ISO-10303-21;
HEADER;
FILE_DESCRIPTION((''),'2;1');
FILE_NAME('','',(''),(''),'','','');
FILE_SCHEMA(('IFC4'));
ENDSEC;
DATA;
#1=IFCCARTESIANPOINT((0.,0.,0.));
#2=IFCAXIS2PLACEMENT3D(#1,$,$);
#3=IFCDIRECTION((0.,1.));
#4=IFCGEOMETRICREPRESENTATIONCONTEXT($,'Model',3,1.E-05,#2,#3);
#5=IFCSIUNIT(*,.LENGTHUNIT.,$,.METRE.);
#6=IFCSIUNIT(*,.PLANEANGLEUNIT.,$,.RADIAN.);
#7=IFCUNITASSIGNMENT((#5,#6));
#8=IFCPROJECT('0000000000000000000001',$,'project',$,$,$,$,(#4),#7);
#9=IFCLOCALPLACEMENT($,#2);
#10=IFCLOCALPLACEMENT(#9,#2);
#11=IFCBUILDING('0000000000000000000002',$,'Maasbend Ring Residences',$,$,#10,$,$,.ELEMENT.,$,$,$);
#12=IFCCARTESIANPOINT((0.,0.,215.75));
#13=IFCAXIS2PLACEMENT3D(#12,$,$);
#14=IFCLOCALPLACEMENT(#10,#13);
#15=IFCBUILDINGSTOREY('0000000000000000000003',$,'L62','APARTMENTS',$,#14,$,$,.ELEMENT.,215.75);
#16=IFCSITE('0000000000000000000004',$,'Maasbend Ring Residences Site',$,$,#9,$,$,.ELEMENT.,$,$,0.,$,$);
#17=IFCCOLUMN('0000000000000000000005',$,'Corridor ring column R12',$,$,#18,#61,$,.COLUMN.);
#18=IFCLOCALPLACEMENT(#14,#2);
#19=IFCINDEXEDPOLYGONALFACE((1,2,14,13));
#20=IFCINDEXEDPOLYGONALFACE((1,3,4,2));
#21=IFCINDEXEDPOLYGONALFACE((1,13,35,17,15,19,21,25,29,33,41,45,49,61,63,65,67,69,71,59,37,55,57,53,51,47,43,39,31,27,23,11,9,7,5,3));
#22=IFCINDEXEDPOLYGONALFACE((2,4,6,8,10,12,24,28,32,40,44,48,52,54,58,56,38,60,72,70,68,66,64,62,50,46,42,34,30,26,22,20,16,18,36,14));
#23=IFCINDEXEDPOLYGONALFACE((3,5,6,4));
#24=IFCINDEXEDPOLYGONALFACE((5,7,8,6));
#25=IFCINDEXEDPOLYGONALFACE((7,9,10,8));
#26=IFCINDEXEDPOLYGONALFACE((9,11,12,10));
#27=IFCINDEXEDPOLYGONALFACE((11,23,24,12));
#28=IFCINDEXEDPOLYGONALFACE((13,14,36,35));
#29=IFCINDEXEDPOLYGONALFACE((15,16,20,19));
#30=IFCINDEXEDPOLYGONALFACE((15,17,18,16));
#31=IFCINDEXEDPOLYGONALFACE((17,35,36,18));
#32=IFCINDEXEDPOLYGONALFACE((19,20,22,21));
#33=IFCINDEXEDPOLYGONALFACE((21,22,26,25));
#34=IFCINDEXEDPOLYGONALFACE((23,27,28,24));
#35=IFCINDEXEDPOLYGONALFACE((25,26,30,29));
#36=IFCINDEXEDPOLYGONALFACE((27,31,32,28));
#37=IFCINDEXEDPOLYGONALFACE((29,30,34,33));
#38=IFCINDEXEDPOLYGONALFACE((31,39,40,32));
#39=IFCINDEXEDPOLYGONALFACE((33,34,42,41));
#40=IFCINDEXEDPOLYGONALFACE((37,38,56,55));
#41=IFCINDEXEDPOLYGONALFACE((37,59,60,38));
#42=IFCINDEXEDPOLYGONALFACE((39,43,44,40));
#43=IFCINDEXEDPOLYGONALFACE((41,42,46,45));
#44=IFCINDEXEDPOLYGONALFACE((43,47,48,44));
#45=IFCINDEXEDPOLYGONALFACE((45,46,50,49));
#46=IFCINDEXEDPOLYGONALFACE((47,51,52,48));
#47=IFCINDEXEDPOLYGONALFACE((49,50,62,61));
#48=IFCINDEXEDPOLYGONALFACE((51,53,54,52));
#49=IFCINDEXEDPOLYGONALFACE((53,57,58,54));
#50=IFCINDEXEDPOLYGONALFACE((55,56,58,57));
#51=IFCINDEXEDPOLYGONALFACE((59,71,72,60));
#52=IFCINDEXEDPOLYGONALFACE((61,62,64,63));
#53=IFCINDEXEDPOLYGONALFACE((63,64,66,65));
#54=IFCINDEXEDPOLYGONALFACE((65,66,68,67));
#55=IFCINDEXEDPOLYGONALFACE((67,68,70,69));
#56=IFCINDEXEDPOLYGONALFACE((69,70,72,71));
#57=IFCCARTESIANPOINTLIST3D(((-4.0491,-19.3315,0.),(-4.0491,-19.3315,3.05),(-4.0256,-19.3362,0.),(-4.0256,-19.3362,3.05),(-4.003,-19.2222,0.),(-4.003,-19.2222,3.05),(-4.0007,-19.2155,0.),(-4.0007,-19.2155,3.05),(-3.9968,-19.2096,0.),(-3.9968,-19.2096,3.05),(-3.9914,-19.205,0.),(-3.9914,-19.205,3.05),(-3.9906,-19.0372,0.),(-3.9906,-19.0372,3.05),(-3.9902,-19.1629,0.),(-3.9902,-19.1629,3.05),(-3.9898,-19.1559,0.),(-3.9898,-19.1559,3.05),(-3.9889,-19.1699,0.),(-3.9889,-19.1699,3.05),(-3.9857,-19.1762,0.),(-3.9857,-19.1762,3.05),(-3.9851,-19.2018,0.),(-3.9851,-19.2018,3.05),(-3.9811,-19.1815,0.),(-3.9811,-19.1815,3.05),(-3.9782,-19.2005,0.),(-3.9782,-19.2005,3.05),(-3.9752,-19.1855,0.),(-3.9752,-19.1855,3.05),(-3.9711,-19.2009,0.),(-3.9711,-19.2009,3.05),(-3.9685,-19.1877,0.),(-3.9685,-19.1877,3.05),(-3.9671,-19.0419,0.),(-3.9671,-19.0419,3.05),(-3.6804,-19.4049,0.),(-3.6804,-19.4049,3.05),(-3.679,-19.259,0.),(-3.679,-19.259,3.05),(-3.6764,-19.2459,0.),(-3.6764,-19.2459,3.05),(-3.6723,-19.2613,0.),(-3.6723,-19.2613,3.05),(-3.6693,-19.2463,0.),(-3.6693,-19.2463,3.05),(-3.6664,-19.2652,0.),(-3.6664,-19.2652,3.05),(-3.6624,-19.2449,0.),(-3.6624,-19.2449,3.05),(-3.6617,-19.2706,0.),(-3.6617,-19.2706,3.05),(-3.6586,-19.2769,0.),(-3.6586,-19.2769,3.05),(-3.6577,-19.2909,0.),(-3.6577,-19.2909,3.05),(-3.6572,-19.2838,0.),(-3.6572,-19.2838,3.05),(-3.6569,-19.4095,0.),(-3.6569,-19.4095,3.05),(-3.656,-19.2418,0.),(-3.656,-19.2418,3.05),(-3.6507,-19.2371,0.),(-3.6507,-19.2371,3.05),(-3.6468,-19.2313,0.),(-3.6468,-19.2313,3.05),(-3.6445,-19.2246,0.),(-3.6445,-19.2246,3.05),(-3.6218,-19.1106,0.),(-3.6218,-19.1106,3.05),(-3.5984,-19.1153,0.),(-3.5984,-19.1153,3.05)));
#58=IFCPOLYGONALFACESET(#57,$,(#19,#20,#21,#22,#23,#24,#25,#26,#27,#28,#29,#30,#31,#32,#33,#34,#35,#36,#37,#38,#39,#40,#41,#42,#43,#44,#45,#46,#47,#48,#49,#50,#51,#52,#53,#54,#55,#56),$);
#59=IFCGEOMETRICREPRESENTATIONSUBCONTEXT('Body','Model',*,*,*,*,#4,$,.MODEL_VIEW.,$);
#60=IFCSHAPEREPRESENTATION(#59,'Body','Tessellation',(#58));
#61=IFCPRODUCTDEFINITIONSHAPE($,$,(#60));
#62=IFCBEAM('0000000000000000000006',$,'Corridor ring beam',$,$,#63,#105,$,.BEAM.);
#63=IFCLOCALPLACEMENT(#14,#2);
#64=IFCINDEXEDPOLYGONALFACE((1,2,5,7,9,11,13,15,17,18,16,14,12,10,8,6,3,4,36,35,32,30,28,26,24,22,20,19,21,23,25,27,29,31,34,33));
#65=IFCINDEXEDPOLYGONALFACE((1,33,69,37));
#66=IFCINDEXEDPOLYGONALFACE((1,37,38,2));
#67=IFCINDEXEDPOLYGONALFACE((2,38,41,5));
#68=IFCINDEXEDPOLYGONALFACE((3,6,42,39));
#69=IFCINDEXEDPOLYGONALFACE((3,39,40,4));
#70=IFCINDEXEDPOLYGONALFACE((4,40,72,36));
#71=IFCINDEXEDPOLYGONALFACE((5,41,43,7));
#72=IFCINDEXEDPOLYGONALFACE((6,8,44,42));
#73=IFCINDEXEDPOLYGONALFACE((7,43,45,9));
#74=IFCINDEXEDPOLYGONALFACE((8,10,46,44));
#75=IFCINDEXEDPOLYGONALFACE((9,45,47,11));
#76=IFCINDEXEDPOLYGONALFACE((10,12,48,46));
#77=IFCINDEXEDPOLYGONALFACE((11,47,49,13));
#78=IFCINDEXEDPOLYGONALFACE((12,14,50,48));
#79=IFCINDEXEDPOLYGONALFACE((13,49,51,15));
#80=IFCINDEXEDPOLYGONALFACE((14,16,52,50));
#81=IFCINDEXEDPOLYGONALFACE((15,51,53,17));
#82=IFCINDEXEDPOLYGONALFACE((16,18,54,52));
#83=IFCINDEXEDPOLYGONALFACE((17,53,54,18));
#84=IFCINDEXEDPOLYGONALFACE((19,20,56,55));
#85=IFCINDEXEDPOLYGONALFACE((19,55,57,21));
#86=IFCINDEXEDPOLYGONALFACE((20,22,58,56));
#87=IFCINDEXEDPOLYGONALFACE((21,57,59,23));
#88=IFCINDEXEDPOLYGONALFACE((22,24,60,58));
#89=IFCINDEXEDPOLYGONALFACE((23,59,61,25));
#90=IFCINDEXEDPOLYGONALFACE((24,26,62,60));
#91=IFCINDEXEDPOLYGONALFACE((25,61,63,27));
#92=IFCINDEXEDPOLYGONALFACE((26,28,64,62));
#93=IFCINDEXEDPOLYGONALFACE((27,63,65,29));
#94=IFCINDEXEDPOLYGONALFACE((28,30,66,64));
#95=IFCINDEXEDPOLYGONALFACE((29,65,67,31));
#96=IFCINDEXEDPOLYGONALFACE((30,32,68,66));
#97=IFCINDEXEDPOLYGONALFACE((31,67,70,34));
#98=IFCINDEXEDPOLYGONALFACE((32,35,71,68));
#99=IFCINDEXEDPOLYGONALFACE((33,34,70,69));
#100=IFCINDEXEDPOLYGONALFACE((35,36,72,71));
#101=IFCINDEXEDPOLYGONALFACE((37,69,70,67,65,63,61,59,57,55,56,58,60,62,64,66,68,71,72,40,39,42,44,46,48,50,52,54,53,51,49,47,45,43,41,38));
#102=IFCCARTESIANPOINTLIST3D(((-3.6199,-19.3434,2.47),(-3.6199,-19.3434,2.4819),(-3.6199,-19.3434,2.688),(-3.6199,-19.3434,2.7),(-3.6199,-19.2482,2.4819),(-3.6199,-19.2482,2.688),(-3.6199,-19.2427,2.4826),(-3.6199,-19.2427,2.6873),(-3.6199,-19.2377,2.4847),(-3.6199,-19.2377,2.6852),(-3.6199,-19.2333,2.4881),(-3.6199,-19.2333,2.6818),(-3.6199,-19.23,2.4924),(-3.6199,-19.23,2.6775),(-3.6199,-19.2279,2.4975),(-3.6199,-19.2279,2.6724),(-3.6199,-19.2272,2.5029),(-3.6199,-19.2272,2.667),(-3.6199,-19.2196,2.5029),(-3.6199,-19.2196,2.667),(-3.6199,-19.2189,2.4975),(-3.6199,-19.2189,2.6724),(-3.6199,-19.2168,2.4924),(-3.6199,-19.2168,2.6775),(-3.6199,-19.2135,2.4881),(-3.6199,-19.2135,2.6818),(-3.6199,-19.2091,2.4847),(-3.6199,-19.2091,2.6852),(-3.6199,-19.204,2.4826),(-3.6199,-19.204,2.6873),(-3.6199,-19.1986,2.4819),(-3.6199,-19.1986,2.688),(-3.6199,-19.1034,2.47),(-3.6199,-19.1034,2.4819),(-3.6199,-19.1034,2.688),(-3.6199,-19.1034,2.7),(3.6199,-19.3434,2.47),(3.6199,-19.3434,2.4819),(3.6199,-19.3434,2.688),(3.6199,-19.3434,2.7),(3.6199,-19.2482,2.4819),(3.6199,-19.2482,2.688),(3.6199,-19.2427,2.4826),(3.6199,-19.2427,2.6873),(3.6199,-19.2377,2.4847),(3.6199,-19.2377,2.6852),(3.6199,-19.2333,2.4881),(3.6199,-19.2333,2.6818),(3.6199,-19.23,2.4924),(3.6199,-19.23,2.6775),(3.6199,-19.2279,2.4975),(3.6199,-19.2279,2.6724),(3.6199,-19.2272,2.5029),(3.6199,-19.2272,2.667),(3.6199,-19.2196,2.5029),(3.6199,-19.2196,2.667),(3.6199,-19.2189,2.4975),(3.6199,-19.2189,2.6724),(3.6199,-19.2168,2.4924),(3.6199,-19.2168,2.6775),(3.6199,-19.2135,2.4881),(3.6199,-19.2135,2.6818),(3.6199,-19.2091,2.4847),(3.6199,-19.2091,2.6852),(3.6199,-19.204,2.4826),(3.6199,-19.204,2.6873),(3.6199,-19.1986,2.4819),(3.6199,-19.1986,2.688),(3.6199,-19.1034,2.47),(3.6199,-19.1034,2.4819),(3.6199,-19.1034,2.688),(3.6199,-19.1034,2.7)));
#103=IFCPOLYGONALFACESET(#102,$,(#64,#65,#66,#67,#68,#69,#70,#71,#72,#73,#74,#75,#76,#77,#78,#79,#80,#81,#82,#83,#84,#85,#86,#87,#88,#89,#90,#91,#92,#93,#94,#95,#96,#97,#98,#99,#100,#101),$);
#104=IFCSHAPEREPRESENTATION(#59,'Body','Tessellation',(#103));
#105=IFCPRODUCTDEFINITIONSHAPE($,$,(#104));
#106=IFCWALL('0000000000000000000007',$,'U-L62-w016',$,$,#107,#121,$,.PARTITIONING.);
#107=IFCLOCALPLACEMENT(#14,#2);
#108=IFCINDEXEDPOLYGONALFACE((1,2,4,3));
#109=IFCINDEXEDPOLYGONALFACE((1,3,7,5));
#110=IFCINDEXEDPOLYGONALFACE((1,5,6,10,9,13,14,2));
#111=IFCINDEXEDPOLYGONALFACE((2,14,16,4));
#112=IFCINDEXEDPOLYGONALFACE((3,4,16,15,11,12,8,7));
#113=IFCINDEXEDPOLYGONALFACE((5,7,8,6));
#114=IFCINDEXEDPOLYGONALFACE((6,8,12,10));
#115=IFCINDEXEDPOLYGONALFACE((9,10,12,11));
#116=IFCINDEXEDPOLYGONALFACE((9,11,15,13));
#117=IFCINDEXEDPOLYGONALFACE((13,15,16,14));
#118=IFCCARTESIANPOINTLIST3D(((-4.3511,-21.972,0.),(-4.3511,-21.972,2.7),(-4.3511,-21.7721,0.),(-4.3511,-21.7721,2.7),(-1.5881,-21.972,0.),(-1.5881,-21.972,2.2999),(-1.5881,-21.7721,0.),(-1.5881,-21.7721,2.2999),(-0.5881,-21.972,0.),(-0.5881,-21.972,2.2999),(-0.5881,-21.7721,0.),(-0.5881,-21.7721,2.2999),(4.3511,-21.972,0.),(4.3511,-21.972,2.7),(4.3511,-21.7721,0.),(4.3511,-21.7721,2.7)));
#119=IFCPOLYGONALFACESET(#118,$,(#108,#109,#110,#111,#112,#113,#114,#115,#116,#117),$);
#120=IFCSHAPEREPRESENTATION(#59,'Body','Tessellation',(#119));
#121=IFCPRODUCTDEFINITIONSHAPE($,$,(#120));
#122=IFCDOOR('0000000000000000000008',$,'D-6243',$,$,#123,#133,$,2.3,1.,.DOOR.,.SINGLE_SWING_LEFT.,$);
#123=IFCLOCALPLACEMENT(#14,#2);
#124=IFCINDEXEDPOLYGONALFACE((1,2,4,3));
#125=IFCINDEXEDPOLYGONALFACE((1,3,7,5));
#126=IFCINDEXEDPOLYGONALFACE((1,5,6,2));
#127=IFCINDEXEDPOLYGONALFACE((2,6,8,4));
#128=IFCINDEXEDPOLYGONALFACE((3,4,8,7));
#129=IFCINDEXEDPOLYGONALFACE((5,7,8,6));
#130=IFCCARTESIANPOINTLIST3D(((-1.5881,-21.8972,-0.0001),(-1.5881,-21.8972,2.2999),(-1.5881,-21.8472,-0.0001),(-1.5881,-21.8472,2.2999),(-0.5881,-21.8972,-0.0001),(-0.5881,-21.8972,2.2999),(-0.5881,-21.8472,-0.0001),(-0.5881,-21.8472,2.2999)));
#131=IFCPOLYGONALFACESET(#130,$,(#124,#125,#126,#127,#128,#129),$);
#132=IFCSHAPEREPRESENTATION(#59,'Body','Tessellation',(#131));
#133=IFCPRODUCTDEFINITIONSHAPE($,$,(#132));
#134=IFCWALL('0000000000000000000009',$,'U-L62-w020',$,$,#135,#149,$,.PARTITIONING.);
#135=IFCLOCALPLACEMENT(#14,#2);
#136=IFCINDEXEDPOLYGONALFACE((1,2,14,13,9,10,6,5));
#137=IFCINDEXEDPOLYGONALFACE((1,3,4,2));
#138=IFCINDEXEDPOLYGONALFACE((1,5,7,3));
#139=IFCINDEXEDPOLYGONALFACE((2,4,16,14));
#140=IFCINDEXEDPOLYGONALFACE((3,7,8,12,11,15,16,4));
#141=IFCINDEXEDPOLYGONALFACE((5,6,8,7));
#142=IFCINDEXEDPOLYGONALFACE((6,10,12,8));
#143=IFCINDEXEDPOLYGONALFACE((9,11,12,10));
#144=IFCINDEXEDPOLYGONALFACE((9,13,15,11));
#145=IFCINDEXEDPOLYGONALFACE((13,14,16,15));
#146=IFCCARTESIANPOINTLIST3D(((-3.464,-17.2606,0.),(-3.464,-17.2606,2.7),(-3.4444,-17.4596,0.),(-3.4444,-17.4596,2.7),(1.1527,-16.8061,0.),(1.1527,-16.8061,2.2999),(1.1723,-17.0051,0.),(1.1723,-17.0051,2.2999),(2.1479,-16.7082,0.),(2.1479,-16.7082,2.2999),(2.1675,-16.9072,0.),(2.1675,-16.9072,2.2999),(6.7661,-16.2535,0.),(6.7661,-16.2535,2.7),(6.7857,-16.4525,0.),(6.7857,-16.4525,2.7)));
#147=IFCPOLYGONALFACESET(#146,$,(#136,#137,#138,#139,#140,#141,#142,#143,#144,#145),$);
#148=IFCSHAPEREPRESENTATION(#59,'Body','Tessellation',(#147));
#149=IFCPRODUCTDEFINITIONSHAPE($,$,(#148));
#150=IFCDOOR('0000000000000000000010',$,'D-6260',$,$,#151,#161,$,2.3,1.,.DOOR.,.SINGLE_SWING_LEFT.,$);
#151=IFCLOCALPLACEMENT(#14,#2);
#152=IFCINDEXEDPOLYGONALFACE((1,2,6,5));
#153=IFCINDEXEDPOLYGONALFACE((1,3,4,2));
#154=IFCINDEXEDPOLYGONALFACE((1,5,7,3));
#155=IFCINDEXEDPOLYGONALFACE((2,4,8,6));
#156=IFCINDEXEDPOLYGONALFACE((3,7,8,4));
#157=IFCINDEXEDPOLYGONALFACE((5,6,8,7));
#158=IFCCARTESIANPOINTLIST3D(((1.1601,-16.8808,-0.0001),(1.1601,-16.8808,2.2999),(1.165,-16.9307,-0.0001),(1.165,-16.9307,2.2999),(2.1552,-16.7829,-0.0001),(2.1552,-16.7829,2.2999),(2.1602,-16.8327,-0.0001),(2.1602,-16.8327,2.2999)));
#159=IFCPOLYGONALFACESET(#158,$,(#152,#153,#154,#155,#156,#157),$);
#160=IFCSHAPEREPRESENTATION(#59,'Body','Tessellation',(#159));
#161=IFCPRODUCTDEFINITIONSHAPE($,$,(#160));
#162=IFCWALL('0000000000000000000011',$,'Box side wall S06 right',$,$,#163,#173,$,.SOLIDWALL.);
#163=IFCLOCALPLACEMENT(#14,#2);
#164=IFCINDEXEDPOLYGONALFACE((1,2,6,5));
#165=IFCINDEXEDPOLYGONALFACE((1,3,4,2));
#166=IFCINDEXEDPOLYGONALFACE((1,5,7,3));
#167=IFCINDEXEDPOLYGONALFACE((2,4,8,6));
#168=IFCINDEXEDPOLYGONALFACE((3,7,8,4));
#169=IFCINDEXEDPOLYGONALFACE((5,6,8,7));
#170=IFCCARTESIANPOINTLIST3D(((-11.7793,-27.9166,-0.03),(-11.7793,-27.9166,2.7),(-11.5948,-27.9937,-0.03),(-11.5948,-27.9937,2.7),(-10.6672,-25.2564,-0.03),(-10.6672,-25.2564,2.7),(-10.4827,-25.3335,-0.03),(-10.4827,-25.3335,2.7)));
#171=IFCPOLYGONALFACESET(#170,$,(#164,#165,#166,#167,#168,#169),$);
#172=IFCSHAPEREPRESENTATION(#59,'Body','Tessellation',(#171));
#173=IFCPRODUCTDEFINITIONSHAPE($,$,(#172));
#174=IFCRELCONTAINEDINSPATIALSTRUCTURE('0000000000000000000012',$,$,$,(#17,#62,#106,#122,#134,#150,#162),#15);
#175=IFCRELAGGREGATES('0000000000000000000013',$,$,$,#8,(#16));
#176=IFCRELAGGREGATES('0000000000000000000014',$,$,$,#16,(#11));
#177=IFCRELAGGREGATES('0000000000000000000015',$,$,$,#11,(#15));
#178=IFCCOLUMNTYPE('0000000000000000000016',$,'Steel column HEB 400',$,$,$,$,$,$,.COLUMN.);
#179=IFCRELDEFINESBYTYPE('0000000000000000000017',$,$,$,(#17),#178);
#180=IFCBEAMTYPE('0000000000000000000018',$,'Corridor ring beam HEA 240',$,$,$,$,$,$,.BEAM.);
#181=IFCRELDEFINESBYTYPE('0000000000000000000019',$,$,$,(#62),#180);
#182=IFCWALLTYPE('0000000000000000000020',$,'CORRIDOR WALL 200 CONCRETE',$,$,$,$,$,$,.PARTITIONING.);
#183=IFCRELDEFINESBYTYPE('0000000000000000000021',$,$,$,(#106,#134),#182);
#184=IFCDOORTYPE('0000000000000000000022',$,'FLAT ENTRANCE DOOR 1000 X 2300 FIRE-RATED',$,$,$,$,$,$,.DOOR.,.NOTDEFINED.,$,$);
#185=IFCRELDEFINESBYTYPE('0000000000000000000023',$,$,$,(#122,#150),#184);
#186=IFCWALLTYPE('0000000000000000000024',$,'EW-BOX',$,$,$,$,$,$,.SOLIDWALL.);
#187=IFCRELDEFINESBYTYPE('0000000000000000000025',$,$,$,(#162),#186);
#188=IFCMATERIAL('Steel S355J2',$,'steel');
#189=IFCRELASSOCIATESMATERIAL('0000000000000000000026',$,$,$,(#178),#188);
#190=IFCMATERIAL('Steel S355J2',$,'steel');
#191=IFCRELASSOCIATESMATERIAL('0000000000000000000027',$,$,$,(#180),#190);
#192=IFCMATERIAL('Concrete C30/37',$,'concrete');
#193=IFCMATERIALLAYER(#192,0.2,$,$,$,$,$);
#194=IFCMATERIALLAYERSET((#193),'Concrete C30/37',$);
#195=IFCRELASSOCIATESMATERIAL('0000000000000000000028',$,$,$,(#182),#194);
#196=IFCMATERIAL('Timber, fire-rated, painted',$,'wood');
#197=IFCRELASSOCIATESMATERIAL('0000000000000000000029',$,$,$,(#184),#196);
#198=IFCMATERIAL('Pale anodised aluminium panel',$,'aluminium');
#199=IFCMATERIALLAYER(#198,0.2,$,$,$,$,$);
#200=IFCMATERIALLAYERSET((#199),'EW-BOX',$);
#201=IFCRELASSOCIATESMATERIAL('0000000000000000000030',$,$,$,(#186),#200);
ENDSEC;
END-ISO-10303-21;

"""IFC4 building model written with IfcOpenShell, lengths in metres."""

from ifc_helpers import new_model, si_unit, direction, frame, frame_2d, origin, origin_2d, place, context, subcontext, project, spatial, rectangle, i_section, extrude, material, layer, layer_set, material_profile, profile_set, type_object, element, fill, save


model = new_model("IFC4")

# Units and contexts
model_context = context("Model", 3, precision=1e-05, world=origin(), true_north=direction((0.0, 1.0)))
body_context = subcontext(model_context, "Body", "Model", "MODEL_VIEW")
ifc_project = project(units=[si_unit("LENGTHUNIT", "METRE"), si_unit("PLANEANGLEUNIT", "RADIAN")], contexts=[model_context])

# Site, building, storey
site_placement = place(None, origin())
site = spatial("IfcSite", under=ifc_project, at=site_placement, Name="Maasbend Ring Residences Site", CompositionType="ELEMENT", RefElevation=0.0)
building_placement = place(site_placement, origin())
building = spatial("IfcBuilding", under=site, at=building_placement, Name="Maasbend Ring Residences", CompositionType="ELEMENT")
storey_placement = place(building_placement, frame((0.0, 0.0, 215.75)))
storey = spatial("IfcBuildingStorey", under=building, at=storey_placement, Name="L62", Description="APARTMENTS", CompositionType="ELEMENT", Elevation=215.75)

# Column
ifc_material_1 = material(Name="Steel S355J2", Category="steel")
ifc_material_profile_1 = material_profile(ifc_material_1, i_section(OverallWidth=0.3, OverallDepth=0.3999, WebThickness=0.0134, FlangeThickness=0.0239, FilletRadius=0.0271, at=origin_2d()), Name="HEB 400")
ifc_profile_set_1 = profile_set([ifc_material_profile_1], Name="Steel S355J2")
column_type = type_object("IfcColumnType", Name="Steel column HEB 400", PredefinedType="COLUMN", material=ifc_profile_set_1)
column_placement = place(storey_placement, frame((-3.8237, -19.2234, 0.0), z_axis=(0.0, 0.0, 1.0), x_axis=(-0.19509, -0.980785, 0.0)))
element("IfcColumn", 1, at=column_placement, inside=storey, type_object=column_type, Name="Corridor ring column R12", PredefinedType="COLUMN", context=body_context, shape_type="SweptSolid", body=[
    extrude(i_section(OverallWidth=0.3, OverallDepth=0.3999, WebThickness=0.0134, FlangeThickness=0.0239, FilletRadius=0.0271, at=origin_2d()), origin(), (0.0, 0.0, 1.0), 3.05),
])

# Beam
ifc_material_2 = material(Name="Steel S355J2", Category="steel")
ifc_material_profile_2 = material_profile(ifc_material_2, i_section(OverallWidth=0.24, OverallDepth=0.23, WebThickness=0.0076, FlangeThickness=0.012, FilletRadius=0.021, at=origin_2d()), Name="HEA 240")
ifc_profile_set_2 = profile_set([ifc_material_profile_2], Name="Steel S355J2")
beam_type = type_object("IfcBeamType", Name="Corridor ring beam HEA 240", PredefinedType="BEAM", material=ifc_profile_set_2)
beam_placement = place(storey_placement, frame((-3.6199, -19.2234, 2.585), z_axis=(1.0, 0.0, 0.0), x_axis=(0.0, 1.0, 0.0)))
element("IfcBeam", 2, at=beam_placement, inside=storey, type_object=beam_type, Name="Corridor ring beam", PredefinedType="BEAM", context=body_context, shape_type="SweptSolid", body=[
    extrude(i_section(OverallWidth=0.24, OverallDepth=0.23, WebThickness=0.0076, FlangeThickness=0.012, FilletRadius=0.021, at=origin_2d()), origin(), (0.0, 0.0, 1.0), 7.2397),
])

# Walls, openings, doors
ifc_material_3 = material(Name="Concrete C30/37", Category="concrete")
ifc_layer_1 = layer(ifc_material_3, 0.2)
ifc_layer_set_1 = layer_set([ifc_layer_1], Name="Concrete C30/37")
wall_type_1 = type_object("IfcWallType", Name="CORRIDOR WALL 200 CONCRETE", PredefinedType="PARTITIONING", material=ifc_layer_set_1)
wall_1_placement = place(storey_placement, frame((-4.3511, -21.8721, 0.0), z_axis=(0.0, 0.0, 1.0), x_axis=(1.0, 0.0, 0.0)))
wall_1 = element("IfcWall", 3, at=wall_1_placement, inside=storey, type_object=wall_type_1, Name="U-L62-w016", PredefinedType="PARTITIONING", context=body_context, shape_type="SweptSolid", body=[
    extrude(rectangle(XDim=8.7021, YDim=0.2, at=frame_2d((4.3511, 0.0))), origin(), (0.0, 0.0, 1.0), 2.7),
])
opening_1_placement = place(wall_1_placement, frame((2.7629, 0.0, 0.0)))
opening_1 = element("IfcOpeningElement", 4, at=opening_1_placement, cuts=wall_1, PredefinedType="OPENING", context=body_context, shape_type="SweptSolid", body=[
    extrude(rectangle(XDim=1.0, YDim=2.3, at=frame_2d((0.5, 1.1499))), frame((0.0, 0.1099, 0.0), z_axis=(0.0, -1.0, 0.0), x_axis=(1.0, 0.0, 0.0)), (0.0, 0.0, 1.0), 0.22),
])
ifc_material_4 = material(Name="Timber, fire-rated, painted", Category="wood")
door_type_1 = type_object("IfcDoorType", Name="FLAT ENTRANCE DOOR 1000 X 2300 FIRE-RATED", OperationType="NOTDEFINED", PredefinedType="DOOR", material=ifc_material_4)
door_1_placement = place(opening_1_placement, origin())
door_1 = element("IfcDoor", 5, at=door_1_placement, inside=storey, type_object=door_type_1, Name="D-6243", OperationType="SINGLE_SWING_LEFT", OverallHeight=2.3, OverallWidth=1.0, PredefinedType="DOOR", context=body_context, shape_type="SweptSolid", body=[
    extrude(rectangle(XDim=1.0, YDim=2.3, at=frame_2d((0.5, 1.1499))), frame((0.0, 0.0249, 0.0), z_axis=(0.0, -1.0, 0.0), x_axis=(1.0, 0.0, 0.0)), (0.0, 0.0, 1.0), 0.05),
])
fill(opening_1, door_1)
wall_2_placement = place(storey_placement, frame((-3.4541, -17.3601, 0.0), z_axis=(0.0, 0.0, 1.0), x_axis=(0.995189, 0.09797, 0.0)))
wall_2 = element("IfcWall", 6, at=wall_2_placement, inside=storey, type_object=wall_type_1, Name="U-L62-w020", PredefinedType="PARTITIONING", context=body_context, shape_type="SweptSolid", body=[
    extrude(rectangle(XDim=10.2795, YDim=0.2, at=frame_2d((5.1396, 0.0))), origin(), (0.0, 0.0, 1.0), 2.7),
])
opening_2_placement = place(wall_2_placement, frame((4.6389, 0.0, 0.0)))
opening_2 = element("IfcOpeningElement", 7, at=opening_2_placement, cuts=wall_2, PredefinedType="OPENING", context=body_context, shape_type="SweptSolid", body=[
    extrude(rectangle(XDim=1.0, YDim=2.3, at=frame_2d((0.5, 1.1499))), frame((0.0, 0.1099, 0.0), z_axis=(0.0, -1.0, 0.0), x_axis=(1.0, 0.0, 0.0)), (0.0, 0.0, 1.0), 0.22),
])
door_2_placement = place(opening_2_placement, origin())
door_2 = element("IfcDoor", 8, at=door_2_placement, inside=storey, type_object=door_type_1, Name="D-6260", OperationType="SINGLE_SWING_LEFT", OverallHeight=2.3, OverallWidth=1.0, PredefinedType="DOOR", context=body_context, shape_type="SweptSolid", body=[
    extrude(rectangle(XDim=1.0, YDim=2.3, at=frame_2d((0.5, 1.1499))), frame((0.0, 0.0249, 0.0), z_axis=(0.0, -1.0, 0.0), x_axis=(1.0, 0.0, 0.0)), (0.0, 0.0, 1.0), 0.05),
])
fill(opening_2, door_2)

# Wall
ifc_material_5 = material(Name="Pale anodised aluminium panel", Category="aluminium")
ifc_layer_2 = layer(ifc_material_5, 0.2)
ifc_layer_set_2 = layer_set([ifc_layer_2], Name="EW-BOX")
wall_type_2 = type_object("IfcWallType", Name="EW-BOX", PredefinedType="SOLIDWALL", material=ifc_layer_set_2)
wall_3_placement = place(storey_placement, frame((-10.575, -25.2949, -0.03), z_axis=(0.0, 0.0, 1.0), x_axis=(-0.385697, -0.922625, 0.0)))
element("IfcWall", 9, at=wall_3_placement, inside=storey, type_object=wall_type_2, Name="Box side wall S06 right", PredefinedType="SOLIDWALL", context=body_context, shape_type="SweptSolid", body=[
    extrude(rectangle(XDim=2.8833, YDim=0.2, at=frame_2d((1.4417, 0.0))), origin(), (0.0, 0.0, 1.0), 2.73),
])

save(model, "model.ifc")
